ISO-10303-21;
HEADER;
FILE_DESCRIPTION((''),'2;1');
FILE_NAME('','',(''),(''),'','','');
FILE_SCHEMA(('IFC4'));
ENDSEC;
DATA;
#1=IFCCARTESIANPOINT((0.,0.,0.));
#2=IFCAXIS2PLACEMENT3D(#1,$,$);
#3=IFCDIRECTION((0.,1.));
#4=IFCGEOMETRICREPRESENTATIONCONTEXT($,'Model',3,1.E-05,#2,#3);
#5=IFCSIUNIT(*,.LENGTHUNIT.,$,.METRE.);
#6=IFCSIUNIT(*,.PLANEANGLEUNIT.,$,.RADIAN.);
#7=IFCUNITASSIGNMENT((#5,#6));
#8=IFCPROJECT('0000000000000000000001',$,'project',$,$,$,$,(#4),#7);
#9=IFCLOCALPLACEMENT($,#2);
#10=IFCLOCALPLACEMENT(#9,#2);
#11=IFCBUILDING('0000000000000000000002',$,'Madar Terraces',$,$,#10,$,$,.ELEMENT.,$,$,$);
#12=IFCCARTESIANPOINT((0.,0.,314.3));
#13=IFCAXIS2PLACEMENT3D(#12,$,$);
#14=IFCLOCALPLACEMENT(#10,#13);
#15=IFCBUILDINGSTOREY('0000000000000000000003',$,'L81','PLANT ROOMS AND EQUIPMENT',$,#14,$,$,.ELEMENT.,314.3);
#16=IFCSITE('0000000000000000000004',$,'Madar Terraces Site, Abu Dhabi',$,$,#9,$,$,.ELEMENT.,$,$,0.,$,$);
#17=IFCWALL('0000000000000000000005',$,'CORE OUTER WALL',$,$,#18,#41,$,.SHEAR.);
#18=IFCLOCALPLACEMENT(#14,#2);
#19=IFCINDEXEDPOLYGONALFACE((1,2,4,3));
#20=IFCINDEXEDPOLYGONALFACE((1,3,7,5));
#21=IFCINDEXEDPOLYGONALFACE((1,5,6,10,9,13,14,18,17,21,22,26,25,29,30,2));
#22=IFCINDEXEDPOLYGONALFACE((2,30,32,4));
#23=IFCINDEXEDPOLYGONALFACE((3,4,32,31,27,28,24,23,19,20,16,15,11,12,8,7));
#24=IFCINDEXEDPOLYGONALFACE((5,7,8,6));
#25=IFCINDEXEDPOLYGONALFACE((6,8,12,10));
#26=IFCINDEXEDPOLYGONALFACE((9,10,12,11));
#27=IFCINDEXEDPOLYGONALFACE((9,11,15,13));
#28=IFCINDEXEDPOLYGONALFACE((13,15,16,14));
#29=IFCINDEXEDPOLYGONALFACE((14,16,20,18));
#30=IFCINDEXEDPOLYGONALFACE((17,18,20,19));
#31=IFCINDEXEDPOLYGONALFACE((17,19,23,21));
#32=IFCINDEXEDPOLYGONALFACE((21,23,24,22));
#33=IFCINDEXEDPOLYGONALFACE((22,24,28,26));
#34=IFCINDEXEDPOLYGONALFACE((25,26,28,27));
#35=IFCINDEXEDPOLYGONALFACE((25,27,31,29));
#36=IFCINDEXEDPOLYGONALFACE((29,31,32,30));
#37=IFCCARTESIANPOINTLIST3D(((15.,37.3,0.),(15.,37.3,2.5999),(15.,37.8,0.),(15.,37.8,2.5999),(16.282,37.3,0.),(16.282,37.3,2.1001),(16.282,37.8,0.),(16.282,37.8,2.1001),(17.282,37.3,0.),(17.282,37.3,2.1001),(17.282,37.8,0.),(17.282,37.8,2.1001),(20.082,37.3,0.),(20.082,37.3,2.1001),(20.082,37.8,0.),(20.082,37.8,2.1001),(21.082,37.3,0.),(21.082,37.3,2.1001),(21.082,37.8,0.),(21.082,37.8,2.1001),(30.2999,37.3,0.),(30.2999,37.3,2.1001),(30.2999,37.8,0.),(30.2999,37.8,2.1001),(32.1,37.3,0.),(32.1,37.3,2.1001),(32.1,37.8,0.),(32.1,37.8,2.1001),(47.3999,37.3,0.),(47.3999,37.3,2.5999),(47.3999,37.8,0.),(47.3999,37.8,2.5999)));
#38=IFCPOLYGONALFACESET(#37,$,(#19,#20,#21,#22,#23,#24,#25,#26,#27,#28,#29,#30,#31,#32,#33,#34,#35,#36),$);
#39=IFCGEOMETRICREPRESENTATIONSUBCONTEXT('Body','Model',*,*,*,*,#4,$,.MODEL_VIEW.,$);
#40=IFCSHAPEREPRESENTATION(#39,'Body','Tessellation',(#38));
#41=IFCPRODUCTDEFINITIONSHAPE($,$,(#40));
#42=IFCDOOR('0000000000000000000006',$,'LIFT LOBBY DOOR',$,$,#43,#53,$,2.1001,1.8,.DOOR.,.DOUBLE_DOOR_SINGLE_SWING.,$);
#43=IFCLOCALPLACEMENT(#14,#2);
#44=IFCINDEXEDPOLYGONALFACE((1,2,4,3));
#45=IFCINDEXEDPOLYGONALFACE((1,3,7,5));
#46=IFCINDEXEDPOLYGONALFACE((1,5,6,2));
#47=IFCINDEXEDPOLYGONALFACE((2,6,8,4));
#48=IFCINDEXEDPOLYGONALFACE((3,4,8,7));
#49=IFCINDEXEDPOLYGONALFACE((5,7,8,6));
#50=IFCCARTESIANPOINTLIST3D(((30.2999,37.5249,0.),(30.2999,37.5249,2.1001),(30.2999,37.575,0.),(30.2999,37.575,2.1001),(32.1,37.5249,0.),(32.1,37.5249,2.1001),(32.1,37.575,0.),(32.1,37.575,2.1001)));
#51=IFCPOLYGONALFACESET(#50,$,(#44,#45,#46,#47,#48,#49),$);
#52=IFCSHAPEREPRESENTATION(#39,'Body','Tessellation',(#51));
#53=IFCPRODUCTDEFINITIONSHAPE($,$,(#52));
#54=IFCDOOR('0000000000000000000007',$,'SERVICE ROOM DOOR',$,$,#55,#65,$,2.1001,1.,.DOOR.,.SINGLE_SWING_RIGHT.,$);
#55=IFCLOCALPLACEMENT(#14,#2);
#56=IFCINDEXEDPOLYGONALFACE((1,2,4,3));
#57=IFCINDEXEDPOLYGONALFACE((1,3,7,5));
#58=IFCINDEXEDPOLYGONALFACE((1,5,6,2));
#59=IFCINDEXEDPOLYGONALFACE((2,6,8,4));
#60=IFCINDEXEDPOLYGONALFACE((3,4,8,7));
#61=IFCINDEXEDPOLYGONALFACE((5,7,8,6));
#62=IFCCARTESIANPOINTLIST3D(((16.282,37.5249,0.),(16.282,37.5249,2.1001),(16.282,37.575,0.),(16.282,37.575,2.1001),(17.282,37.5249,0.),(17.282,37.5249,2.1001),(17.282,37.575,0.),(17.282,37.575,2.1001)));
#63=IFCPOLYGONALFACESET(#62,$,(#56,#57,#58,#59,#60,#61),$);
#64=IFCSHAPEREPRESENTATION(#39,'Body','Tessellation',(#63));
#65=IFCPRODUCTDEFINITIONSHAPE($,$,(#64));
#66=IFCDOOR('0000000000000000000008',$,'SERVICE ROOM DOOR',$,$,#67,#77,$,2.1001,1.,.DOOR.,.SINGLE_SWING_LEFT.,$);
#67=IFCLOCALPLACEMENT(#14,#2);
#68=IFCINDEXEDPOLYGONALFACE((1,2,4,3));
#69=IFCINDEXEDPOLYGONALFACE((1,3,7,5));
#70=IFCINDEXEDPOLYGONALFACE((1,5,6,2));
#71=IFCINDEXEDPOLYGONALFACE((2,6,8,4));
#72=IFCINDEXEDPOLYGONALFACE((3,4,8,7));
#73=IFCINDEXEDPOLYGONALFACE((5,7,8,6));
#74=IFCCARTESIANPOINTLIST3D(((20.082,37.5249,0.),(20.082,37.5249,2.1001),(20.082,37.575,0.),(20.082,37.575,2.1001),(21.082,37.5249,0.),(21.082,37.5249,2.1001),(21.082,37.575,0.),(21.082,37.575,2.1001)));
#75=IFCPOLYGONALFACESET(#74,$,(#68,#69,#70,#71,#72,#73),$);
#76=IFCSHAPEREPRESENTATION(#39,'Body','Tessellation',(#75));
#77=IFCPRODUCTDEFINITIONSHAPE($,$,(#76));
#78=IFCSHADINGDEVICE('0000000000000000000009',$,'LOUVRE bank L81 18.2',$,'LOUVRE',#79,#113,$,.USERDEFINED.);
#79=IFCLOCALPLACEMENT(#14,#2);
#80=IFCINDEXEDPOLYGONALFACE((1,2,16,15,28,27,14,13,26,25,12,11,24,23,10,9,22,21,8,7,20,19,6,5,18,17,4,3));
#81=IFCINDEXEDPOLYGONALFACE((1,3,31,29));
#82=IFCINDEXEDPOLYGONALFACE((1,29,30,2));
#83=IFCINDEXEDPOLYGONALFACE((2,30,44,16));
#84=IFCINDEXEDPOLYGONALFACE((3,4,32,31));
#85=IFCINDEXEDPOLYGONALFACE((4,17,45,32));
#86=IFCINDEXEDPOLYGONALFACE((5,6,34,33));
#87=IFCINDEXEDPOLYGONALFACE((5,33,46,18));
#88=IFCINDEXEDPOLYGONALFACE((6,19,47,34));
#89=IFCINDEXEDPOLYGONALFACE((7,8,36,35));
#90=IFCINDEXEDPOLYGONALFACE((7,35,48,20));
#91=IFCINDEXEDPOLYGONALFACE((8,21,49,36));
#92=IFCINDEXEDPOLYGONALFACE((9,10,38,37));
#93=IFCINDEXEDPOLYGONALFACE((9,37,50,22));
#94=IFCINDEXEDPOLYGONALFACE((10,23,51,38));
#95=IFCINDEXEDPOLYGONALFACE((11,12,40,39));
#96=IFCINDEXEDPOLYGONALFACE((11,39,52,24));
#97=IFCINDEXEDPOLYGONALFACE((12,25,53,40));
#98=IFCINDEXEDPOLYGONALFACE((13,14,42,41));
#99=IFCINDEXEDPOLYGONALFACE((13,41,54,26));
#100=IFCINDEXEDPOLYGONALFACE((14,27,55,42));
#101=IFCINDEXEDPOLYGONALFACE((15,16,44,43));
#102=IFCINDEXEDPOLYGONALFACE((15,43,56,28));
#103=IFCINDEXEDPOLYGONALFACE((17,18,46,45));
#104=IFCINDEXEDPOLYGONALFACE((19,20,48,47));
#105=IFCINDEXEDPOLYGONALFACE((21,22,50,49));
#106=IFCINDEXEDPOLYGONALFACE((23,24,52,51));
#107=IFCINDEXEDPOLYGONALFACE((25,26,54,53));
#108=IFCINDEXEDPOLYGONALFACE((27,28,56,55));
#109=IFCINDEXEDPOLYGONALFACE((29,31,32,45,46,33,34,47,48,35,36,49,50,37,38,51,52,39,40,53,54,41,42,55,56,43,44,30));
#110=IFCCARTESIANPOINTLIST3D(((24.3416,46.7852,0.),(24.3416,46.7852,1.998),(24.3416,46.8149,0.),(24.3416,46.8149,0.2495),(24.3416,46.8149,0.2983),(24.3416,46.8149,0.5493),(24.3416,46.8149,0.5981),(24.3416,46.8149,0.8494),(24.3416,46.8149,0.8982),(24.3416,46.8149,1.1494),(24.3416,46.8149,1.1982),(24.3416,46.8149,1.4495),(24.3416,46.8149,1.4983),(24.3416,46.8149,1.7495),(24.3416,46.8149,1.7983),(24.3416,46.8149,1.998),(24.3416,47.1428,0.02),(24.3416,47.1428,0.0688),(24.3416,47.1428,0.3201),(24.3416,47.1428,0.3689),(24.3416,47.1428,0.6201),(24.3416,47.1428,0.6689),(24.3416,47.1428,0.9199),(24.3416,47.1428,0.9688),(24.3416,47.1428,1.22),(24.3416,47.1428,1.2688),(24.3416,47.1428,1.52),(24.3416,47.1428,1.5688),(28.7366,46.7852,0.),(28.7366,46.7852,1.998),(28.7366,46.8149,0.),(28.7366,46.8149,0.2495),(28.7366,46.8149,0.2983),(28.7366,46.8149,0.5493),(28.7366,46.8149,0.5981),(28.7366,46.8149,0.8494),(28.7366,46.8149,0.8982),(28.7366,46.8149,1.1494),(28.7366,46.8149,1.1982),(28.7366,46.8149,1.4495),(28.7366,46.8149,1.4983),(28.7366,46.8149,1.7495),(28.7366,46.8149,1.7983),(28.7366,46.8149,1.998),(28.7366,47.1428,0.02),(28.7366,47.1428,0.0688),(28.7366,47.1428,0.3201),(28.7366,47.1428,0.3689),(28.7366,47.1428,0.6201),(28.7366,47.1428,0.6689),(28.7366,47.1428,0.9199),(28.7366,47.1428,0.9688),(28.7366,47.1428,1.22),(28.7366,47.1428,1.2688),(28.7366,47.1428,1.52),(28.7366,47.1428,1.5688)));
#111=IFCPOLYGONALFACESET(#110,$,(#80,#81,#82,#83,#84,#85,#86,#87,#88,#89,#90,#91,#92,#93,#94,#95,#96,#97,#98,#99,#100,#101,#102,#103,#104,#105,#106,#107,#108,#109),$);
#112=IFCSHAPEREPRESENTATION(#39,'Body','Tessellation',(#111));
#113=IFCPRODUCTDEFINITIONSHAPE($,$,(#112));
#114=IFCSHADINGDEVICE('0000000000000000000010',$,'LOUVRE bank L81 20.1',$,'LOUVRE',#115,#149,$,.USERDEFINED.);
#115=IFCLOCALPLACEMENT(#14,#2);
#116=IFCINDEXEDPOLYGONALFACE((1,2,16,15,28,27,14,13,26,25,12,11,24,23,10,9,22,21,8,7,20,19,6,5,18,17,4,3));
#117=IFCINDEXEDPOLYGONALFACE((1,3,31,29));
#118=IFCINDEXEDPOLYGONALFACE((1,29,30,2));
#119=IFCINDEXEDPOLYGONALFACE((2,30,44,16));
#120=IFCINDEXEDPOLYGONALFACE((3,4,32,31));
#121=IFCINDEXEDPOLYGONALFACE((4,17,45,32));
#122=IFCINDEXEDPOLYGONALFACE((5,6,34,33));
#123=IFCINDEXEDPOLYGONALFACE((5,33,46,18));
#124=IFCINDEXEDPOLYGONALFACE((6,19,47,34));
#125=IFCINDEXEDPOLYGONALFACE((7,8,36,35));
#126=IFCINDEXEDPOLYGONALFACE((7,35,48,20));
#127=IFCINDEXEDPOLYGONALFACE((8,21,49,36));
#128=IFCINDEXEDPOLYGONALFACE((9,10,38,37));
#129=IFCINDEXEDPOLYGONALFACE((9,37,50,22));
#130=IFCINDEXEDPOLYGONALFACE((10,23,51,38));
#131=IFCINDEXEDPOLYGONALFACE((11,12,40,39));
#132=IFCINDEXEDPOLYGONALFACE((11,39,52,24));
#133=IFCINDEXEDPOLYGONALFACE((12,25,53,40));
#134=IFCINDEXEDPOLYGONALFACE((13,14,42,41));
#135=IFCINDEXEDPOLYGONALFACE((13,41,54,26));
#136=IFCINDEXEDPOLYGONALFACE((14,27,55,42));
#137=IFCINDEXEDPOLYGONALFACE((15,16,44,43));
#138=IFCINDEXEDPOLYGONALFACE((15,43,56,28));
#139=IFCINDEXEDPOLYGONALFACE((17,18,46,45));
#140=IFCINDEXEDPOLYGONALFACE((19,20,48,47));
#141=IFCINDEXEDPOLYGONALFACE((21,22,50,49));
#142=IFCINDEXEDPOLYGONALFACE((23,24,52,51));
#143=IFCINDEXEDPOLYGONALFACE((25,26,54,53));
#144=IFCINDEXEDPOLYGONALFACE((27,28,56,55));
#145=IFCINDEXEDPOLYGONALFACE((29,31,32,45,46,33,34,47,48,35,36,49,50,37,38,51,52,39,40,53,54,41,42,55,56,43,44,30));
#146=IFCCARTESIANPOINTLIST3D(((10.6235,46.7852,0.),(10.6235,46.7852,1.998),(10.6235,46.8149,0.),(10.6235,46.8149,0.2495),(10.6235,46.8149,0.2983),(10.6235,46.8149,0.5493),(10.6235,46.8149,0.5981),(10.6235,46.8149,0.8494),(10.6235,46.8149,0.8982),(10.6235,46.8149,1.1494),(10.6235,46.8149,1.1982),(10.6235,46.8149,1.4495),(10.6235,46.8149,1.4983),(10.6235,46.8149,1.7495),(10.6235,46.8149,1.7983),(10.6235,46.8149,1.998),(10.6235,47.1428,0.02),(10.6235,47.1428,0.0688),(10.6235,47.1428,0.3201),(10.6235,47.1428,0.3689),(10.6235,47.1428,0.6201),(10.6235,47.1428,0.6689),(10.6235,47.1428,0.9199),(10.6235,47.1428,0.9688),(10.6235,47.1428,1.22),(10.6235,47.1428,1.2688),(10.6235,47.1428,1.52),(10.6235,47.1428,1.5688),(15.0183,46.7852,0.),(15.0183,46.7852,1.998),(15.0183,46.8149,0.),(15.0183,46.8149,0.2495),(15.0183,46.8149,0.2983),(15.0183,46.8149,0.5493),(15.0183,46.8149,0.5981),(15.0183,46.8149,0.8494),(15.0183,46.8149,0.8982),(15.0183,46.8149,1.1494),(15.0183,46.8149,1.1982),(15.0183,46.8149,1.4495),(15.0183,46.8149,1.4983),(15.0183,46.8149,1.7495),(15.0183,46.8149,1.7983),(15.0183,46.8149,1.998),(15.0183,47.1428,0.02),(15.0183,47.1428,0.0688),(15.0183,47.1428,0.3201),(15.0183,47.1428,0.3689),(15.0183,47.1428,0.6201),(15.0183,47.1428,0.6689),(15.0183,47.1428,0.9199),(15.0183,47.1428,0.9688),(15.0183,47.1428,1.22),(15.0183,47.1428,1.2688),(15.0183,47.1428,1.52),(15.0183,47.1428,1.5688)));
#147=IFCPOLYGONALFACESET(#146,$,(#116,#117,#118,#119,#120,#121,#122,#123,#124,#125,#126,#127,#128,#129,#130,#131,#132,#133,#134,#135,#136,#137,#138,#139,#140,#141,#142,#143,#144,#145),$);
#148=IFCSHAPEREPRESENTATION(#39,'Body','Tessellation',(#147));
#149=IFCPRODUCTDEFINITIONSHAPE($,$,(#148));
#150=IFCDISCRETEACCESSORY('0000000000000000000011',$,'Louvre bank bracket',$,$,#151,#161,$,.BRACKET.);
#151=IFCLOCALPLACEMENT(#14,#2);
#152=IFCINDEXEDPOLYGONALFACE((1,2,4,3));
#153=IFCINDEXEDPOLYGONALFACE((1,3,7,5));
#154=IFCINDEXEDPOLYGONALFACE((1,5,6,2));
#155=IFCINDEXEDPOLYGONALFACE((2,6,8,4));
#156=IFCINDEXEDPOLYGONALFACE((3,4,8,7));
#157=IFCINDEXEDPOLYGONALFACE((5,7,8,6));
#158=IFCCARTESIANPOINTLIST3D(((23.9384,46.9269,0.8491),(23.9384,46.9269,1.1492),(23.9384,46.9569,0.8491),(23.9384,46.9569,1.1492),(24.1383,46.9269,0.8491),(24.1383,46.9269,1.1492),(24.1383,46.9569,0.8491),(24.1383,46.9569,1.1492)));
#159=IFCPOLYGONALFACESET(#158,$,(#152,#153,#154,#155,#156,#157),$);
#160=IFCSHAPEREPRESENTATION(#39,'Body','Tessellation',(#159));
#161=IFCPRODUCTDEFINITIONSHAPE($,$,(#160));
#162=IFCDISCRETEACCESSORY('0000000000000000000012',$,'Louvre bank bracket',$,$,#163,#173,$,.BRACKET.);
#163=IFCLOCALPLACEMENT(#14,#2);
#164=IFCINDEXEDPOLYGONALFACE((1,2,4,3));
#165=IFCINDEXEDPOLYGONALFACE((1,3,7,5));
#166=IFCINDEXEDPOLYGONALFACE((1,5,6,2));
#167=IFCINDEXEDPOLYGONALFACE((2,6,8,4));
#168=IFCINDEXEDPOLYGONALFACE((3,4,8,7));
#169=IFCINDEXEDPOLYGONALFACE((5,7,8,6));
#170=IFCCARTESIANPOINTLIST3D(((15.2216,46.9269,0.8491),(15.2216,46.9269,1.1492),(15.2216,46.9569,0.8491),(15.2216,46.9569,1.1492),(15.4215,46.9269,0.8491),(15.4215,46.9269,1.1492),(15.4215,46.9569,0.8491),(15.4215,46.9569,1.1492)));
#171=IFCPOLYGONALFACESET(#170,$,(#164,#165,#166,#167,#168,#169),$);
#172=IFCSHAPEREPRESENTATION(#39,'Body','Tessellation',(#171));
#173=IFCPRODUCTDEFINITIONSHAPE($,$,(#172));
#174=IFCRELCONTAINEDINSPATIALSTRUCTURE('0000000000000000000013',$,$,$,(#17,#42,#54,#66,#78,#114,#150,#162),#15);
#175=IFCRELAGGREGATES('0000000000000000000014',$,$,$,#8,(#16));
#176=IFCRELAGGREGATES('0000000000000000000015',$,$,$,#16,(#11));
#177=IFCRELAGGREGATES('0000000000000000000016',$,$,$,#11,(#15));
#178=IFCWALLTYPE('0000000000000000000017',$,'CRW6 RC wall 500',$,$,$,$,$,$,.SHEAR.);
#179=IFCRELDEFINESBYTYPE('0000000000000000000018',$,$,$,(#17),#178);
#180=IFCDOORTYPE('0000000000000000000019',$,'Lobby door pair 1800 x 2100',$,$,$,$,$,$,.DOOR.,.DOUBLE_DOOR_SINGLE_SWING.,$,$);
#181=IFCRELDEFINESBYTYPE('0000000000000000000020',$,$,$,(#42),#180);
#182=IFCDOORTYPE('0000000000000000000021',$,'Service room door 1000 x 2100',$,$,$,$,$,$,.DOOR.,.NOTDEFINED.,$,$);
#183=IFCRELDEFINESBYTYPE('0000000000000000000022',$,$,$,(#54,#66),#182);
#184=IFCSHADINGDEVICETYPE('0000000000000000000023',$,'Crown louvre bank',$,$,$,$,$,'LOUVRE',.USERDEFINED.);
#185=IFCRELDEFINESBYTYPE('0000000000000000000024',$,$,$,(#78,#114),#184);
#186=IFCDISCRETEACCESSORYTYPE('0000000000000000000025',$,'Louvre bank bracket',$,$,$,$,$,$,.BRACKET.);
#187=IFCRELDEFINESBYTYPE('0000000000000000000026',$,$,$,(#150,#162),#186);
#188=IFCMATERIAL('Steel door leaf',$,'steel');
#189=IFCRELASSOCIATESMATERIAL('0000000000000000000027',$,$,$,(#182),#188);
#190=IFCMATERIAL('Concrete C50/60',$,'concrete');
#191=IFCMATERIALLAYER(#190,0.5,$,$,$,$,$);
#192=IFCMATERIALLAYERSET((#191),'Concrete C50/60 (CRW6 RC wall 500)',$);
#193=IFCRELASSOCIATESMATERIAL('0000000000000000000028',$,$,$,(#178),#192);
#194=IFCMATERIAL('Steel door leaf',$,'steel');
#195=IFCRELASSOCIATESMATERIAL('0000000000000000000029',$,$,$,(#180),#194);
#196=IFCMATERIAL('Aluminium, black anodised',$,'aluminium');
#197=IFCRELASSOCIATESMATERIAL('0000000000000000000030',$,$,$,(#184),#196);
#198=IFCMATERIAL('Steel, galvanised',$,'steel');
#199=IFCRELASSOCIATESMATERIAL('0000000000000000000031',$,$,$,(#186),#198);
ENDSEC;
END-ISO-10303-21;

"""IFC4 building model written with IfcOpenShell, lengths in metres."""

from ifc_helpers import new_model, si_unit, direction, frame, frame_2d, origin, origin_2d, place, context, subcontext, project, spatial, polyline, rectangle, outline, extrude, material, layer, layer_set, type_object, element, fill, save


model = new_model("IFC4")

# Units and contexts
model_context = context("Model", 3, precision=1e-05, world=origin(), true_north=direction((0.0, 1.0)))
body_context = subcontext(model_context, "Body", "Model", "MODEL_VIEW")
ifc_project = project(units=[si_unit("LENGTHUNIT", "METRE"), si_unit("PLANEANGLEUNIT", "RADIAN")], contexts=[model_context])

# Site, building, storey
site_placement = place(None, origin())
site = spatial("IfcSite", under=ifc_project, at=site_placement, Name="Madar Terraces Site, Abu Dhabi", CompositionType="ELEMENT", RefElevation=0.0)
building_placement = place(site_placement, origin())
building = spatial("IfcBuilding", under=site, at=building_placement, Name="Madar Terraces", CompositionType="ELEMENT")
storey_placement = place(building_placement, frame((0.0, 0.0, 314.3)))
storey = spatial("IfcBuildingStorey", under=building, at=storey_placement, Name="L81", Description="PLANT ROOMS AND EQUIPMENT", CompositionType="ELEMENT", Elevation=314.3)

# Shared definitions
ifc_material_1 = material(Name="Steel door leaf", Category="steel")
door_type_1 = type_object("IfcDoorType", Name="Service room door 1000 x 2100", OperationType="NOTDEFINED", PredefinedType="DOOR", material=ifc_material_1)

# Wall, openings, doors
ifc_material_2 = material(Name="Concrete C50/60", Category="concrete")
ifc_layer_1 = layer(ifc_material_2, 0.5)
ifc_layer_set_1 = layer_set([ifc_layer_1], Name="Concrete C50/60 (CRW6 RC wall 500)")
wall_type_1 = type_object("IfcWallType", Name="CRW6 RC wall 500", PredefinedType="SHEAR", material=ifc_layer_set_1)
wall_1_placement = place(storey_placement, frame((15.0, 37.55, 0.0), z_axis=(0.0, 0.0, 1.0), x_axis=(1.0, 0.0, 0.0)))
wall_1 = element("IfcWall", 1, at=wall_1_placement, inside=storey, type_object=wall_type_1, Name="CORE OUTER WALL", PredefinedType="SHEAR", context=body_context, shape_type="SweptSolid", body=[
    extrude(rectangle(XDim=32.3999, YDim=0.5, at=frame_2d((16.2, 0.0))), origin(), (0.0, 0.0, 1.0), 2.5999),
])
opening_1_placement = place(wall_1_placement, frame((15.3, 0.0, 0.0)))
opening_1 = element("IfcOpeningElement", 2, at=opening_1_placement, cuts=wall_1, PredefinedType="OPENING", context=body_context, shape_type="SweptSolid", body=[
    extrude(rectangle(XDim=1.8, YDim=2.1001, at=frame_2d((0.8999, 1.05))), frame((0.0, 0.26, 0.0), z_axis=(0.0, -1.0, 0.0), x_axis=(1.0, 0.0, 0.0)), (0.0, 0.0, 1.0), 0.52),
])
opening_2_placement = place(wall_1_placement, frame((1.282, 0.0, 0.0)))
opening_2 = element("IfcOpeningElement", 3, at=opening_2_placement, cuts=wall_1, PredefinedType="OPENING", context=body_context, shape_type="SweptSolid", body=[
    extrude(rectangle(XDim=1.0, YDim=2.1001, at=frame_2d((0.5, 1.05))), frame((0.0, 0.26, 0.0), z_axis=(0.0, -1.0, 0.0), x_axis=(1.0, 0.0, 0.0)), (0.0, 0.0, 1.0), 0.52),
])
opening_3_placement = place(wall_1_placement, frame((5.082, 0.0, 0.0)))
opening_3 = element("IfcOpeningElement", 4, at=opening_3_placement, cuts=wall_1, PredefinedType="OPENING", context=body_context, shape_type="SweptSolid", body=[
    extrude(rectangle(XDim=1.0, YDim=2.1001, at=frame_2d((0.5, 1.05))), frame((0.0, 0.26, 0.0), z_axis=(0.0, -1.0, 0.0), x_axis=(1.0, 0.0, 0.0)), (0.0, 0.0, 1.0), 0.52),
])
ifc_material_3 = material(Name="Steel door leaf", Category="steel")
door_type_2 = type_object("IfcDoorType", Name="Lobby door pair 1800 x 2100", OperationType="DOUBLE_DOOR_SINGLE_SWING", PredefinedType="DOOR", material=ifc_material_3)
door_1_placement = place(opening_1_placement, origin())
door_1 = element("IfcDoor", 5, at=door_1_placement, inside=storey, type_object=door_type_2, Name="LIFT LOBBY DOOR", OperationType="DOUBLE_DOOR_SINGLE_SWING", OverallHeight=2.1001, OverallWidth=1.8, PredefinedType="DOOR", context=body_context, shape_type="SweptSolid", body=[
    extrude(rectangle(XDim=1.8, YDim=2.1001, at=frame_2d((0.8999, 1.05))), frame((0.0, 0.0249, 0.0), z_axis=(0.0, -1.0, 0.0), x_axis=(1.0, 0.0, 0.0)), (0.0, 0.0, 1.0), 0.05),
])
fill(opening_1, door_1)
door_2_placement = place(opening_2_placement, origin())
door_2 = element("IfcDoor", 6, at=door_2_placement, inside=storey, type_object=door_type_1, Name="SERVICE ROOM DOOR", OperationType="SINGLE_SWING_RIGHT", OverallHeight=2.1001, OverallWidth=1.0, PredefinedType="DOOR", context=body_context, shape_type="SweptSolid", body=[
    extrude(rectangle(XDim=1.0, YDim=2.1001, at=frame_2d((0.5, 1.05))), frame((0.0, 0.0249, 0.0), z_axis=(0.0, -1.0, 0.0), x_axis=(1.0, 0.0, 0.0)), (0.0, 0.0, 1.0), 0.05),
])
fill(opening_2, door_2)
door_3_placement = place(opening_3_placement, origin())
door_3 = element("IfcDoor", 7, at=door_3_placement, inside=storey, type_object=door_type_1, Name="SERVICE ROOM DOOR", OperationType="SINGLE_SWING_LEFT", OverallHeight=2.1001, OverallWidth=1.0, PredefinedType="DOOR", context=body_context, shape_type="SweptSolid", body=[
    extrude(rectangle(XDim=1.0, YDim=2.1001, at=frame_2d((0.5, 1.05))), frame((0.0, 0.0249, 0.0), z_axis=(0.0, -1.0, 0.0), x_axis=(1.0, 0.0, 0.0)), (0.0, 0.0, 1.0), 0.05),
])
fill(opening_3, door_3)

# Shading devices
ifc_material_4 = material(Name="Aluminium, black anodised", Category="aluminium")
shading_device_type = type_object("IfcShadingDeviceType", Name="Crown louvre bank", ElementType="LOUVRE", PredefinedType="USERDEFINED", material=ifc_material_4)
shading_device_1_placement = place(storey_placement, frame((28.7366, 46.8, 0.0), z_axis=(-1.0, 0.0, 0.0), x_axis=(0.0, -1.0, 0.0)))
element("IfcShadingDevice", 8, at=shading_device_1_placement, inside=storey, type_object=shading_device_type, Name="LOUVRE bank L81 18.2", ObjectType="LOUVRE", PredefinedType="USERDEFINED", context=body_context, shape_type="SweptSolid", body=[
    extrude(outline(polyline([(0.0149, 0.0), (-0.0149, 0.0), (-0.0149, 0.2495), (-0.3428, 0.02), (-0.3428, 0.0688), (-0.0149, 0.2983), (-0.0149, 0.5493), (-0.3428, 0.3201), (-0.3428, 0.3689), (-0.0149, 0.5981), (-0.0149, 0.8494), (-0.3428, 0.6201), (-0.3428, 0.6689), (-0.0149, 0.8982), (-0.0149, 1.1494), (-0.3428, 0.9199), (-0.3428, 0.9688), (-0.0149, 1.1982), (-0.0149, 1.4495), (-0.3428, 1.22), (-0.3428, 1.2688), (-0.0149, 1.4983), (-0.0149, 1.7495), (-0.3428, 1.52), (-0.3428, 1.5688), (-0.0149, 1.7983), (-0.0149, 1.998), (0.0149, 1.998), (0.0149, 0.0)])), origin(), (0.0, 0.0, 1.0), 4.395),
])
shading_device_2_placement = place(storey_placement, frame((15.0183, 46.8, 0.0), z_axis=(-1.0, 0.0, 0.0), x_axis=(0.0, -1.0, 0.0)))
element("IfcShadingDevice", 9, at=shading_device_2_placement, inside=storey, type_object=shading_device_type, Name="LOUVRE bank L81 20.1", ObjectType="LOUVRE", PredefinedType="USERDEFINED", context=body_context, shape_type="SweptSolid", body=[
    extrude(outline(polyline([(0.0149, 0.0), (-0.0149, 0.0), (-0.0149, 0.2495), (-0.3428, 0.02), (-0.3428, 0.0688), (-0.0149, 0.2983), (-0.0149, 0.5493), (-0.3428, 0.3201), (-0.3428, 0.3689), (-0.0149, 0.5981), (-0.0149, 0.8494), (-0.3428, 0.6201), (-0.3428, 0.6689), (-0.0149, 0.8982), (-0.0149, 1.1494), (-0.3428, 0.9199), (-0.3428, 0.9688), (-0.0149, 1.1982), (-0.0149, 1.4495), (-0.3428, 1.22), (-0.3428, 1.2688), (-0.0149, 1.4983), (-0.0149, 1.7495), (-0.3428, 1.52), (-0.3428, 1.5688), (-0.0149, 1.7983), (-0.0149, 1.998), (0.0149, 1.998), (0.0149, 0.0)])), origin(), (0.0, 0.0, 1.0), 4.3948),
])

# Discrete accessories
ifc_material_5 = material(Name="Steel, galvanised", Category="steel")
discrete_accessory_type = type_object("IfcDiscreteAccessoryType", Name="Louvre bank bracket", PredefinedType="BRACKET", material=ifc_material_5)
for number, where, z_axis, x_axis, name in (
    (10, (24.0383, 46.9419, 0.8491), (0.0, 0.0, 1.0), (-1.0, 0.0, 0.0), "Louvre bank bracket"),
    (11, (15.3215, 46.9419, 0.8491), (0.0, 0.0, 1.0), (-1.0, 0.0, 0.0), "Louvre bank bracket"),
):
    element("IfcDiscreteAccessory", number, at=place(storey_placement, frame(where, z_axis=z_axis, x_axis=x_axis)), inside=storey, type_object=discrete_accessory_type, Name=name, PredefinedType="BRACKET", context=body_context, shape_type="SweptSolid", body=[
        extrude(rectangle(XDim=0.2, YDim=0.03, at=origin_2d()), origin(), (0.0, 0.0, 1.0), 0.3),
    ])

save(model, "model.ifc")
